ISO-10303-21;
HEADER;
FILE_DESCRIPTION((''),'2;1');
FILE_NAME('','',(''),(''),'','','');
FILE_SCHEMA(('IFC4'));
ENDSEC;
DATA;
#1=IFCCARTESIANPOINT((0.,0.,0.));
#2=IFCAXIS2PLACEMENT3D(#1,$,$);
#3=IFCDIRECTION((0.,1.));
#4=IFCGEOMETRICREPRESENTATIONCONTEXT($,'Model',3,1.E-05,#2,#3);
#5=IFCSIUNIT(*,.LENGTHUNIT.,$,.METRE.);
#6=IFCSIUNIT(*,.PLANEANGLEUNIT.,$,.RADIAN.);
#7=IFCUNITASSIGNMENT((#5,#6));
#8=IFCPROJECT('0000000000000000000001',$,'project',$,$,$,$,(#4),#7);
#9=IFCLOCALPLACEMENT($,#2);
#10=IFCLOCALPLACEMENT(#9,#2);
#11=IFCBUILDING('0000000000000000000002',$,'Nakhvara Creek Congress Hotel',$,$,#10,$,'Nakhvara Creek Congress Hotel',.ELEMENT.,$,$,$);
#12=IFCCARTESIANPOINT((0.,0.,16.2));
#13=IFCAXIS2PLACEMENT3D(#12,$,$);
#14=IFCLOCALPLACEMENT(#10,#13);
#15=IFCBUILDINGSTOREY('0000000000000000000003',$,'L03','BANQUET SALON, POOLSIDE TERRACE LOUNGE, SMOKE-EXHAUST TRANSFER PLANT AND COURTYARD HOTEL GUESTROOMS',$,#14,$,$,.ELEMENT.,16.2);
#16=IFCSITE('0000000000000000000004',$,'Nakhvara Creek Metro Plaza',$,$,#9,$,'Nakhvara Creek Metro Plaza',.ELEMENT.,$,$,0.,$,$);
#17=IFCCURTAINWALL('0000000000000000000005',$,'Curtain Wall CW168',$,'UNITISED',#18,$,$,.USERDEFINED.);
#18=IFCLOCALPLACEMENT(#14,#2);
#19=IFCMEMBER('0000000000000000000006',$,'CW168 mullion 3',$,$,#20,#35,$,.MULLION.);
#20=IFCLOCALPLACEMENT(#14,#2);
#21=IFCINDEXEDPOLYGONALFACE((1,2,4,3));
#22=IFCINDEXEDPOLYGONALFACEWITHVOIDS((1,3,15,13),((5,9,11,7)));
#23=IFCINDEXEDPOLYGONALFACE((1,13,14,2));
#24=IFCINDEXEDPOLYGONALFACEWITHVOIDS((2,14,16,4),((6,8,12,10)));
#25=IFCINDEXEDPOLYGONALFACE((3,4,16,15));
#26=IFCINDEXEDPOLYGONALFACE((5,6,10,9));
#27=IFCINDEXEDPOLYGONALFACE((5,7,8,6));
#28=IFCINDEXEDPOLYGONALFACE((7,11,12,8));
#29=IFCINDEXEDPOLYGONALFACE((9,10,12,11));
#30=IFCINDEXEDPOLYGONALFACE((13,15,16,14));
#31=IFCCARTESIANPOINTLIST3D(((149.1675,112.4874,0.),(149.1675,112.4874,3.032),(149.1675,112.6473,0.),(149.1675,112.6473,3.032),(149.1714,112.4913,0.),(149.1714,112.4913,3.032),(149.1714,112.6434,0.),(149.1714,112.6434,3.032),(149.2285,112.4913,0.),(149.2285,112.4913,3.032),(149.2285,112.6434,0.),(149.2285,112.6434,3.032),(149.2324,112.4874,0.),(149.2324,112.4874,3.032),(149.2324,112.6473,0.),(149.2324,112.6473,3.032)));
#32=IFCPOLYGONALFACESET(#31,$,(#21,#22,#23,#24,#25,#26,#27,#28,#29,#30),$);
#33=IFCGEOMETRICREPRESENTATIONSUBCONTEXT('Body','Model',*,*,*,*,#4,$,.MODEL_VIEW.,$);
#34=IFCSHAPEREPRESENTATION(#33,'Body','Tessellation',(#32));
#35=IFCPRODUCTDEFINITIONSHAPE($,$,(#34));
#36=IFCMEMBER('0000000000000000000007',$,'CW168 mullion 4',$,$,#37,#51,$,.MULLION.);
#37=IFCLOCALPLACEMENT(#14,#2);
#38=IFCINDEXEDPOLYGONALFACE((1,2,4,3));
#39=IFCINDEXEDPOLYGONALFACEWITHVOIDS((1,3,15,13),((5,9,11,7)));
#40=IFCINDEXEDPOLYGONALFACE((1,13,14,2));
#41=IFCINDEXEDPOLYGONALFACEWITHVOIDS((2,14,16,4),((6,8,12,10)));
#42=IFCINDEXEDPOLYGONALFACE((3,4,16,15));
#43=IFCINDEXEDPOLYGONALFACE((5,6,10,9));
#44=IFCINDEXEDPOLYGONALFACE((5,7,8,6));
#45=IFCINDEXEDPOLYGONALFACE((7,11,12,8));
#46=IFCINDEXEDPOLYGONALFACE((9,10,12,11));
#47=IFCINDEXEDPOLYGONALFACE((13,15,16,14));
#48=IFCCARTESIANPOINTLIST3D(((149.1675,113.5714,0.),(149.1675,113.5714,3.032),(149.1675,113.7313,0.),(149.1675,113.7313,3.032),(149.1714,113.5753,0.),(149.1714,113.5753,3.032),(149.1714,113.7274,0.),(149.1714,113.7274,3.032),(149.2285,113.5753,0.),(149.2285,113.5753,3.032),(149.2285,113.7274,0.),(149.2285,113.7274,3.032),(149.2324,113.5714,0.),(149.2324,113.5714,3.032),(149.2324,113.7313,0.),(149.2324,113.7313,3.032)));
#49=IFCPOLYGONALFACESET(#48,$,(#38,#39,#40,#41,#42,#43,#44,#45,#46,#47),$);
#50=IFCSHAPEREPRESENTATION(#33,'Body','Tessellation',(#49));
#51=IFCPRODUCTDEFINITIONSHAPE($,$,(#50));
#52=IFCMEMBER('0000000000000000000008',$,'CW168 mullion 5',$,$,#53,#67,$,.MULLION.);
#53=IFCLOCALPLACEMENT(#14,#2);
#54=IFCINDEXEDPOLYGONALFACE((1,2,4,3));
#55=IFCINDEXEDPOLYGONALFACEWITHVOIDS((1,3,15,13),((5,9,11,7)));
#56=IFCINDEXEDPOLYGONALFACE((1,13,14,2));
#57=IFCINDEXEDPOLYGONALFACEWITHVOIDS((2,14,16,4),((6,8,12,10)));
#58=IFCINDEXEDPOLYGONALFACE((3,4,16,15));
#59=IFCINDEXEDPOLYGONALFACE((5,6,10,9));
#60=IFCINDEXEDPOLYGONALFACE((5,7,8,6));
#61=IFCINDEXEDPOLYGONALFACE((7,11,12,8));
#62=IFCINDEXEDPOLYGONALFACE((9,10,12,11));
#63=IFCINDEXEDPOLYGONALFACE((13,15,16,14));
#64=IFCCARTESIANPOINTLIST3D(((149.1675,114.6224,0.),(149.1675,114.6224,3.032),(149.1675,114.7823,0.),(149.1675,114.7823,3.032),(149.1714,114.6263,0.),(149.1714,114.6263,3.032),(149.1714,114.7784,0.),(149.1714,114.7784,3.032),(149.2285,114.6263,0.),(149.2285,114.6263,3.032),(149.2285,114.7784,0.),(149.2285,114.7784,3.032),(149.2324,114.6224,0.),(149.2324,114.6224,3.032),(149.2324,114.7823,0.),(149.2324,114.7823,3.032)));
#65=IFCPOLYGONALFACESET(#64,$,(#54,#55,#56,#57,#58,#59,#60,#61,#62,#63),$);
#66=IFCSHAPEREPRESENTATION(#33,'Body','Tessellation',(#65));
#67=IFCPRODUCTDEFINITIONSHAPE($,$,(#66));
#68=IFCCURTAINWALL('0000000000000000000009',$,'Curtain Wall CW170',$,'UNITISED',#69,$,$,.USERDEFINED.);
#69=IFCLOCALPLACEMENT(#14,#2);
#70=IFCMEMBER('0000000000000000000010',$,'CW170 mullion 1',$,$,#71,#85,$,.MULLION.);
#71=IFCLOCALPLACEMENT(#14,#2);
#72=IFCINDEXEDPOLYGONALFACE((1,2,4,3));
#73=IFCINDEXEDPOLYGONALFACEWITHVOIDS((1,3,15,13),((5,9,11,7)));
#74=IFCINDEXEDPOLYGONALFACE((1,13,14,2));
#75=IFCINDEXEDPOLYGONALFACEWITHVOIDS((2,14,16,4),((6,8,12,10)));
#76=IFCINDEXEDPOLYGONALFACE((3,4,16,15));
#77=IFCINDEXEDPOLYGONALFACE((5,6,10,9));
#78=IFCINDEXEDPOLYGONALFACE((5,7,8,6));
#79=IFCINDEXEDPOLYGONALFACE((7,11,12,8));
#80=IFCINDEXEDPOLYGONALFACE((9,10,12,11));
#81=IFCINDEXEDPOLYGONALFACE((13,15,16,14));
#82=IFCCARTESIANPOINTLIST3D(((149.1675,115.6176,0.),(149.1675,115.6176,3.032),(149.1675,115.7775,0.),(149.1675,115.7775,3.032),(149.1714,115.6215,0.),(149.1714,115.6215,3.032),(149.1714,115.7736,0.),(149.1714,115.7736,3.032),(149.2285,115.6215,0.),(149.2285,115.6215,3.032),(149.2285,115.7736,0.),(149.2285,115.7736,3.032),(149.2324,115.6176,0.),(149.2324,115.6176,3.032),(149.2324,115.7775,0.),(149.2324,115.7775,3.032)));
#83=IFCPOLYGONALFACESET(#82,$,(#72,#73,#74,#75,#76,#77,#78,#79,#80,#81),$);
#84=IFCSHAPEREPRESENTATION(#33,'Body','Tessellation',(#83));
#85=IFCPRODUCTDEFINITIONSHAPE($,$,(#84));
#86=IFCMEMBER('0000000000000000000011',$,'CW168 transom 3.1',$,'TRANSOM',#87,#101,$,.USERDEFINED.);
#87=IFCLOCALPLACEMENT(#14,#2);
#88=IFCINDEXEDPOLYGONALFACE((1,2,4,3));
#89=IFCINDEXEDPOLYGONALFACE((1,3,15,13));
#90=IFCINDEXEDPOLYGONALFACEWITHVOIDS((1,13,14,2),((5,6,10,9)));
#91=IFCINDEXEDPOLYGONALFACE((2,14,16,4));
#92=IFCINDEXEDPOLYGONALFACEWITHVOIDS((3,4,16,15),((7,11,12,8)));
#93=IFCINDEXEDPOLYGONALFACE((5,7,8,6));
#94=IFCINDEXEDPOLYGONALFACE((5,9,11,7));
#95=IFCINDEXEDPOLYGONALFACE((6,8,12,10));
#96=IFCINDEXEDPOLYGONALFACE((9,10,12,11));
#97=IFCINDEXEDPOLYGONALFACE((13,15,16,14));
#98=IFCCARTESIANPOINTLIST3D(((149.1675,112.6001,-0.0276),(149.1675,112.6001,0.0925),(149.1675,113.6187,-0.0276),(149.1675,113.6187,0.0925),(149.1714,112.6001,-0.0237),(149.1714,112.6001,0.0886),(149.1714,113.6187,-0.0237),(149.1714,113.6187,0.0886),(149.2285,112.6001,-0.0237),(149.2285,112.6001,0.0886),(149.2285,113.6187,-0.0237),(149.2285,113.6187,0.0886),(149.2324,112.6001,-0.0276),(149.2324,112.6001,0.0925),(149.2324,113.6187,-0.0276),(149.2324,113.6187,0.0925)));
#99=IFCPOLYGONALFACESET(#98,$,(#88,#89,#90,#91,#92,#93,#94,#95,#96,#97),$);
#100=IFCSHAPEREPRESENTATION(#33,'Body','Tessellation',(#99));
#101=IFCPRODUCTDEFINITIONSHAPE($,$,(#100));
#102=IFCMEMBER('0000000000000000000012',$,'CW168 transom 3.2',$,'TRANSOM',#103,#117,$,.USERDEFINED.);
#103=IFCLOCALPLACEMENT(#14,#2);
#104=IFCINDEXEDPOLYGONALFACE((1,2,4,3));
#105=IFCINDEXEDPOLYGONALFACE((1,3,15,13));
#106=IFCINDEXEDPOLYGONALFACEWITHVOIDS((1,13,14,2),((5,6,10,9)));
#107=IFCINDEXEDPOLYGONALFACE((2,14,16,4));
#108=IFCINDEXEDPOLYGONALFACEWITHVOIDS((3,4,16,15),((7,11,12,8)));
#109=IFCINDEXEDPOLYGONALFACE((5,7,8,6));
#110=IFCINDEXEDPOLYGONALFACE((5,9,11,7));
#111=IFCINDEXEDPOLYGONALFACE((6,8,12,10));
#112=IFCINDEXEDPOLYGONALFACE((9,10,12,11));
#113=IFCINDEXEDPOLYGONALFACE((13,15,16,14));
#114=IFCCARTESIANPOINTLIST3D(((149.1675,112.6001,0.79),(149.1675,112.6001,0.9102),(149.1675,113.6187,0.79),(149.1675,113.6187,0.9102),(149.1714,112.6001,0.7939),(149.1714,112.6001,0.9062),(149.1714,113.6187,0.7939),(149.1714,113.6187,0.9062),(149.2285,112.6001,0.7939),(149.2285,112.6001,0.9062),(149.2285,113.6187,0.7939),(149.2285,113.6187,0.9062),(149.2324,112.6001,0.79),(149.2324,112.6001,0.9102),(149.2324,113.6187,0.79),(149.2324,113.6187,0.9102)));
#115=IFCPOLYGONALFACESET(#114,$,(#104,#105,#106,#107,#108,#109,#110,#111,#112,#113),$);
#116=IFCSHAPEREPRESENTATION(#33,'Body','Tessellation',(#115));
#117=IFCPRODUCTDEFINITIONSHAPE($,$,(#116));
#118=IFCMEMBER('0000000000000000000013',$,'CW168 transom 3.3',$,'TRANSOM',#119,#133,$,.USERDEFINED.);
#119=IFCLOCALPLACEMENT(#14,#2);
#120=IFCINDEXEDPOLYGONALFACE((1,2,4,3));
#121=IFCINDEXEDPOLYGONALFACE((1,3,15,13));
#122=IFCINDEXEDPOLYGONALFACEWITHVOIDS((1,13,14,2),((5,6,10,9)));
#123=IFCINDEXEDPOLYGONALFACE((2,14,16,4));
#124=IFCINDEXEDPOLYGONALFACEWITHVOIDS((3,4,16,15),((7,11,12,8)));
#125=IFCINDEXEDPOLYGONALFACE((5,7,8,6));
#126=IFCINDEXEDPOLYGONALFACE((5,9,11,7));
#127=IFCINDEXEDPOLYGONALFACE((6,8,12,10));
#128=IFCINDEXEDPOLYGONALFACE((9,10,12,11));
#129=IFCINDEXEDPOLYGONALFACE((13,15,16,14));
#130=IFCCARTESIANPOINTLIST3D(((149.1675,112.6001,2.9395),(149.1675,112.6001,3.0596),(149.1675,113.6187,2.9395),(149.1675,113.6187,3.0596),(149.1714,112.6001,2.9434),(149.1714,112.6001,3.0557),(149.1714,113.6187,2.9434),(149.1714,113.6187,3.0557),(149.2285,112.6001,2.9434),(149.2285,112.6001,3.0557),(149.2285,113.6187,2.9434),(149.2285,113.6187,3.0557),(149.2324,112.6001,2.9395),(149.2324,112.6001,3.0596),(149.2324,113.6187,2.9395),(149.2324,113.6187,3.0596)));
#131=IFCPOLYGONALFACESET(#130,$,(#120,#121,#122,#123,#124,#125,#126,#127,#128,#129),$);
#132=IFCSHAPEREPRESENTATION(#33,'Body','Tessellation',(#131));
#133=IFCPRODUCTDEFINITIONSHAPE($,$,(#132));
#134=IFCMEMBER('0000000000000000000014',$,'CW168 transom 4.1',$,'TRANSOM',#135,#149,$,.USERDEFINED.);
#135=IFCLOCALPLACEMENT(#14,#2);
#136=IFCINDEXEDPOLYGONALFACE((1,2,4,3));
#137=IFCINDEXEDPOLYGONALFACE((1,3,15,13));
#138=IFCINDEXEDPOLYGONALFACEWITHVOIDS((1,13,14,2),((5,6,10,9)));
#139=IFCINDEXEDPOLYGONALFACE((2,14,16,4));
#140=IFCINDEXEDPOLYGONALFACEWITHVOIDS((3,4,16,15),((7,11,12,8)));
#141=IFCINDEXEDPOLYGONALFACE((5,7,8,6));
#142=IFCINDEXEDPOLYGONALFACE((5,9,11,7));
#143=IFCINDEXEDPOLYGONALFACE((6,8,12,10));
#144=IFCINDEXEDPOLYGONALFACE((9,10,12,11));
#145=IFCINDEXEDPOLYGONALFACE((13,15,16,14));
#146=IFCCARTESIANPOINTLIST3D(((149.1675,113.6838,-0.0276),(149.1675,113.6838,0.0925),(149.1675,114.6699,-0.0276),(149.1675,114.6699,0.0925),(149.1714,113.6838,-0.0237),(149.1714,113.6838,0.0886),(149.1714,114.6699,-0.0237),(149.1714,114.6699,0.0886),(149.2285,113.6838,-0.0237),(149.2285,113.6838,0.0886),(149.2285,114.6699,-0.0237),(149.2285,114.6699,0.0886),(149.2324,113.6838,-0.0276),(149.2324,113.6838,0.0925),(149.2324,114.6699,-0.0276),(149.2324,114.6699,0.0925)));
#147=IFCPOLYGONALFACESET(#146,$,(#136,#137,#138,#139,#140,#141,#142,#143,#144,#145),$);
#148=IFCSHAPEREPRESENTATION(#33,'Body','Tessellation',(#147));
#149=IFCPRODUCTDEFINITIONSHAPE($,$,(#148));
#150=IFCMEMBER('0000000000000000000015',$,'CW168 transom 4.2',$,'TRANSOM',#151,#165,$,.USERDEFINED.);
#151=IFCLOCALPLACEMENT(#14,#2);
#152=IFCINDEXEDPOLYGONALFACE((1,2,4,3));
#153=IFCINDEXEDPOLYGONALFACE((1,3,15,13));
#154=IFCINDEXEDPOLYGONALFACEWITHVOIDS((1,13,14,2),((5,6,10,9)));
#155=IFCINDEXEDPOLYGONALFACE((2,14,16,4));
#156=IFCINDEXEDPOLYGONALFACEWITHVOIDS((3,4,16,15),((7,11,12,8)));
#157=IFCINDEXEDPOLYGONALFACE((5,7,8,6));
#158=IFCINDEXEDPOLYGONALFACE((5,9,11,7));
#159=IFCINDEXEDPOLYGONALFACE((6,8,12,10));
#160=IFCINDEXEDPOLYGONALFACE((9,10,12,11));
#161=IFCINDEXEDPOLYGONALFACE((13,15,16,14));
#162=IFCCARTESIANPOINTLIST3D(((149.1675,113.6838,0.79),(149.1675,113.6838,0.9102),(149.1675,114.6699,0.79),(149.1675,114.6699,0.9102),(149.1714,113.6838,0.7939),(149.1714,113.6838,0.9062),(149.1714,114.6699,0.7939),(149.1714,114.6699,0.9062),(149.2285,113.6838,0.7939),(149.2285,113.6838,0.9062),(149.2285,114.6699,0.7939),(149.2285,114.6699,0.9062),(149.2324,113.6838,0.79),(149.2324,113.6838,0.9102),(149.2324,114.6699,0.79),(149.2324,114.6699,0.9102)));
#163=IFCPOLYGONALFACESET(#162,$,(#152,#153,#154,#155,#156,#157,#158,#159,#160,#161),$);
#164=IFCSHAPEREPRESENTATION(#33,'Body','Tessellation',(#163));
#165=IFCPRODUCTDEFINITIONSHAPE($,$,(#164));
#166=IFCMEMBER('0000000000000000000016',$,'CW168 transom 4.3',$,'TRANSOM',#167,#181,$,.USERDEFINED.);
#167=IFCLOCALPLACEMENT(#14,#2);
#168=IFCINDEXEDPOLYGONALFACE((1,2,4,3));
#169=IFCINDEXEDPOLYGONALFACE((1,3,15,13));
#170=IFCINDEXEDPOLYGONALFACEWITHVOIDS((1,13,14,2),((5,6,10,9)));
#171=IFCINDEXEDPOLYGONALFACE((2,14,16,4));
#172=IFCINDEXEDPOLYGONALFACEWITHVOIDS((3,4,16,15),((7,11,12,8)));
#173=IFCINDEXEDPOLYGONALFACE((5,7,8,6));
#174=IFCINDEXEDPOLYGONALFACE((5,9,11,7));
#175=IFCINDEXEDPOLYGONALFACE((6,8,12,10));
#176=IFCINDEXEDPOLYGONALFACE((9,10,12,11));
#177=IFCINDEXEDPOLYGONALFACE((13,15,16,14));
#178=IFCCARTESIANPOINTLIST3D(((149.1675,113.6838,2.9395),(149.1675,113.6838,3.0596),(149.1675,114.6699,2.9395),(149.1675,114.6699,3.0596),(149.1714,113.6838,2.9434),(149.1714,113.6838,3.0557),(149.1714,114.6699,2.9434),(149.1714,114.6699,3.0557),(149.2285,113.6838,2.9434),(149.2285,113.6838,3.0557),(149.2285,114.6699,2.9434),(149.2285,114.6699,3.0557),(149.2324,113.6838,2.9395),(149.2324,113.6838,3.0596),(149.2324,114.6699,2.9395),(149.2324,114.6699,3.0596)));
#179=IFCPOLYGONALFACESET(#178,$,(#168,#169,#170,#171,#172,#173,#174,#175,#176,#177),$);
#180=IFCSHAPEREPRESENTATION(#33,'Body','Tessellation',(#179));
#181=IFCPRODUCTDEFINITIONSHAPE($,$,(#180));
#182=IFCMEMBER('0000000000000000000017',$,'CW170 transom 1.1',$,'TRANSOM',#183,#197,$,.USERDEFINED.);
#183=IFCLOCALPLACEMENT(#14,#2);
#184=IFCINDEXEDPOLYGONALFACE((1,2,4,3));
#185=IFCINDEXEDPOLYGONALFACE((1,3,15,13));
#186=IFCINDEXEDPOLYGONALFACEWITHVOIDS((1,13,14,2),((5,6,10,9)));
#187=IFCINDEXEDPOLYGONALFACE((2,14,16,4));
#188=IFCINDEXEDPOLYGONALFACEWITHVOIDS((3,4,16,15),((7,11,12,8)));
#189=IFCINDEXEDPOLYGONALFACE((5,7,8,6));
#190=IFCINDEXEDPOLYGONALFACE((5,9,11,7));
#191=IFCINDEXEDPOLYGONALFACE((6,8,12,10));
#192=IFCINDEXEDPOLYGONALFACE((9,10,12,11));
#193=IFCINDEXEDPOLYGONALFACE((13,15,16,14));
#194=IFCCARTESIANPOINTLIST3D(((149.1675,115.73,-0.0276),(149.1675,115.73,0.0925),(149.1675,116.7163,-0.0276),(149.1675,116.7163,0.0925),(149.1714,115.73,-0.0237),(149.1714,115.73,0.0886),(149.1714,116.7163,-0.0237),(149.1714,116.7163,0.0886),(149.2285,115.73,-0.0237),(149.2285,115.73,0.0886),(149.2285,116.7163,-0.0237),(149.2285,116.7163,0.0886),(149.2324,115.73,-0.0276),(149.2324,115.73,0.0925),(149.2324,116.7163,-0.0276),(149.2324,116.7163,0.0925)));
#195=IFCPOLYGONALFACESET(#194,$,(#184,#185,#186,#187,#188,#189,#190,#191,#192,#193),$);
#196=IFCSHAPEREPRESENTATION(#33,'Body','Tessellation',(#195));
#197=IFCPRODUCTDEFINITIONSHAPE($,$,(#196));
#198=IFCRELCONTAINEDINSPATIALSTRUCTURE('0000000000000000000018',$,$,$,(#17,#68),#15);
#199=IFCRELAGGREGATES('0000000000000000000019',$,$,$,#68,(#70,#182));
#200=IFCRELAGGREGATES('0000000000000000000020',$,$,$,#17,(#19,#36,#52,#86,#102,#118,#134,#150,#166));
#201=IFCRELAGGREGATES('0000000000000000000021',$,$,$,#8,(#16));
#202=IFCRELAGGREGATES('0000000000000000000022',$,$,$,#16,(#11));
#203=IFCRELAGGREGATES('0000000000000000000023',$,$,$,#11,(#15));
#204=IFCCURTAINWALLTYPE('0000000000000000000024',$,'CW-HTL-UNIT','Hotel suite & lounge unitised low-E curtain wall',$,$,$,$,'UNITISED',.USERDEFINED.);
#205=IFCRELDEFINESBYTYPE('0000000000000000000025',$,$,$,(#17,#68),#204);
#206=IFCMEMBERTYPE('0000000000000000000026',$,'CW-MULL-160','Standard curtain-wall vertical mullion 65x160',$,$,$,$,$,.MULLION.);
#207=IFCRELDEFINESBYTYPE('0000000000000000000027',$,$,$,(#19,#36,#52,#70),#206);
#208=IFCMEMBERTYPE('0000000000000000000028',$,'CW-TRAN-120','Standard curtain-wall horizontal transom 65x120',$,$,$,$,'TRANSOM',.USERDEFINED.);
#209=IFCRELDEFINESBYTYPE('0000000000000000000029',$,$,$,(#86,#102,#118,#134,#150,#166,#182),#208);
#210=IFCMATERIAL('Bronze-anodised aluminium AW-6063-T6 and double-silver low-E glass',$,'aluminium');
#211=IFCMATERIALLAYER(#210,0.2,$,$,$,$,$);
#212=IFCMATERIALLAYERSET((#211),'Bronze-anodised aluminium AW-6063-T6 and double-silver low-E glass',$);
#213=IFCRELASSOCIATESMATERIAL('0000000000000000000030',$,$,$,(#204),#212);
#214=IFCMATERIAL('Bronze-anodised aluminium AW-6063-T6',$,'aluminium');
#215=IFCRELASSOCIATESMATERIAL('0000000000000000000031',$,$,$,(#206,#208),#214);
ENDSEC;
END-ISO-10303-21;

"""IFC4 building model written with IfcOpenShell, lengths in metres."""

from ifc_helpers import new_model, si_unit, direction, frame, origin, origin_2d, place, context, subcontext, project, spatial, hollow_rectangle, extrude, material, layer, layer_set, material_profile, profile_set, type_object, element, aggregate, save


model = new_model("IFC4")

# Units and contexts
model_context = context("Model", 3, precision=1e-05, world=origin(), true_north=direction((0.0, 1.0)))
body_context = subcontext(model_context, "Body", "Model", "MODEL_VIEW")
ifc_project = project(units=[si_unit("LENGTHUNIT", "METRE"), si_unit("PLANEANGLEUNIT", "RADIAN")], contexts=[model_context])

# Site, building, storey
site_placement = place(None, origin())
site = spatial("IfcSite", under=ifc_project, at=site_placement, Name="Nakhvara Creek Metro Plaza", LongName="Nakhvara Creek Metro Plaza", CompositionType="ELEMENT", RefElevation=0.0)
building_placement = place(site_placement, origin())
building = spatial("IfcBuilding", under=site, at=building_placement, Name="Nakhvara Creek Congress Hotel", LongName="Nakhvara Creek Congress Hotel", CompositionType="ELEMENT")
storey_placement = place(building_placement, frame((0.0, 0.0, 16.2)))
storey = spatial("IfcBuildingStorey", under=building, at=storey_placement, Name="L03", Description="BANQUET SALON, POOLSIDE TERRACE LOUNGE, SMOKE-EXHAUST TRANSFER PLANT AND COURTYARD HOTEL GUESTROOMS", CompositionType="ELEMENT", Elevation=16.2)

# Curtain wall, members
ifc_material_1 = material(Name="Bronze-anodised aluminium AW-6063-T6 and double-silver low-E glass", Category="aluminium")
ifc_layer = layer(ifc_material_1, 0.2)
ifc_layer_set = layer_set([ifc_layer], Name="Bronze-anodised aluminium AW-6063-T6 and double-silver low-E glass")
curtain_wall_type = type_object("IfcCurtainWallType", Name="CW-HTL-UNIT", Description="Hotel suite & lounge unitised low-E curtain wall", ElementType="UNITISED", PredefinedType="USERDEFINED", material=ifc_layer_set)
curtain_wall_1_placement = place(storey_placement, origin())
curtain_wall_1 = element("IfcCurtainWall", 1, at=curtain_wall_1_placement, inside=storey, type_object=curtain_wall_type, Name="Curtain Wall CW168", ObjectType="UNITISED", PredefinedType="USERDEFINED")
ifc_material_2 = material(Name="Bronze-anodised aluminium AW-6063-T6", Category="aluminium")
ifc_material_profile_1 = material_profile(ifc_material_2, hollow_rectangle(XDim=0.0649, YDim=0.1599, WallThickness=0.0039, at=origin_2d()), Name="ALU-MULL 65x160x4", Category="LoadBearing")
ifc_profile_set_1 = profile_set([ifc_material_profile_1], Name="Bronze-anodised aluminium AW-6063-T6")
member_type_1 = type_object("IfcMemberType", Name="CW-MULL-160", Description="Standard curtain-wall vertical mullion 65x160", PredefinedType="MULLION", material=ifc_profile_set_1)
member_1_placement = place(storey_placement, frame((149.2, 112.5674, 0.0), z_axis=(0.0, 0.0, 1.0), x_axis=(-1.0, 0.0, 0.0)))
member_1 = element("IfcMember", 2, at=member_1_placement, type_object=member_type_1, Name="CW168 mullion 3", PredefinedType="MULLION", context=body_context, shape_type="SweptSolid", body=[
    extrude(hollow_rectangle(XDim=0.0649, YDim=0.1599, WallThickness=0.0039, at=origin_2d()), origin(), (0.0, 0.0, 1.0), 3.032),
])
member_2_placement = place(storey_placement, frame((149.2, 113.6514, 0.0), z_axis=(0.0, 0.0, 1.0), x_axis=(-1.0, 0.0, 0.0)))
member_2 = element("IfcMember", 3, at=member_2_placement, type_object=member_type_1, Name="CW168 mullion 4", PredefinedType="MULLION", context=body_context, shape_type="SweptSolid", body=[
    extrude(hollow_rectangle(XDim=0.0649, YDim=0.1599, WallThickness=0.0039, at=origin_2d()), origin(), (0.0, 0.0, 1.0), 3.032),
])
member_3_placement = place(storey_placement, frame((149.2, 114.7024, 0.0), z_axis=(0.0, 0.0, 1.0), x_axis=(-1.0, 0.0, 0.0)))
member_3 = element("IfcMember", 4, at=member_3_placement, type_object=member_type_1, Name="CW168 mullion 5", PredefinedType="MULLION", context=body_context, shape_type="SweptSolid", body=[
    extrude(hollow_rectangle(XDim=0.0649, YDim=0.1599, WallThickness=0.0039, at=origin_2d()), origin(), (0.0, 0.0, 1.0), 3.032),
])

# Curtain wall, member
curtain_wall_2_placement = place(storey_placement, origin())
curtain_wall_2 = element("IfcCurtainWall", 5, at=curtain_wall_2_placement, inside=storey, type_object=curtain_wall_type, Name="Curtain Wall CW170", ObjectType="UNITISED", PredefinedType="USERDEFINED")
member_4_placement = place(storey_placement, frame((149.2, 115.6975, 0.0), z_axis=(0.0, 0.0, 1.0), x_axis=(-1.0, 0.0, 0.0)))
member_4 = element("IfcMember", 6, at=member_4_placement, type_object=member_type_1, Name="CW170 mullion 1", PredefinedType="MULLION", context=body_context, shape_type="SweptSolid", body=[
    extrude(hollow_rectangle(XDim=0.0649, YDim=0.1599, WallThickness=0.0039, at=origin_2d()), origin(), (0.0, 0.0, 1.0), 3.032),
])

# Members
ifc_material_profile_2 = material_profile(ifc_material_2, hollow_rectangle(XDim=0.0649, YDim=0.1201, WallThickness=0.0039, at=origin_2d()), Name="ALU-TRAN 65x120x4", Category="LoadBearing")
ifc_profile_set_2 = profile_set([ifc_material_profile_2], Name="Bronze-anodised aluminium AW-6063-T6")
member_type_2 = type_object("IfcMemberType", Name="CW-TRAN-120", Description="Standard curtain-wall horizontal transom 65x120", ElementType="TRANSOM", PredefinedType="USERDEFINED", material=ifc_profile_set_2)
member_5_placement = place(storey_placement, frame((149.2, 112.6001, 0.0325), z_axis=(0.0, 1.0, 0.0), x_axis=(-1.0, 0.0, 0.0)))
member_5 = element("IfcMember", 7, at=member_5_placement, type_object=member_type_2, Name="CW168 transom 3.1", ObjectType="TRANSOM", PredefinedType="USERDEFINED", context=body_context, shape_type="SweptSolid", body=[
    extrude(hollow_rectangle(XDim=0.0649, YDim=0.1201, WallThickness=0.0039, at=origin_2d()), origin(), (0.0, 0.0, 1.0), 1.0186),
])
member_6_placement = place(storey_placement, frame((149.2, 112.6001, 0.8501), z_axis=(0.0, 1.0, 0.0), x_axis=(-1.0, 0.0, 0.0)))
member_6 = element("IfcMember", 8, at=member_6_placement, type_object=member_type_2, Name="CW168 transom 3.2", ObjectType="TRANSOM", PredefinedType="USERDEFINED", context=body_context, shape_type="SweptSolid", body=[
    extrude(hollow_rectangle(XDim=0.0649, YDim=0.1201, WallThickness=0.0039, at=origin_2d()), origin(), (0.0, 0.0, 1.0), 1.0186),
])
member_7_placement = place(storey_placement, frame((149.2, 112.6001, 2.9995), z_axis=(0.0, 1.0, 0.0), x_axis=(-1.0, 0.0, 0.0)))
member_7 = element("IfcMember", 9, at=member_7_placement, type_object=member_type_2, Name="CW168 transom 3.3", ObjectType="TRANSOM", PredefinedType="USERDEFINED", context=body_context, shape_type="SweptSolid", body=[
    extrude(hollow_rectangle(XDim=0.0649, YDim=0.1201, WallThickness=0.0039, at=origin_2d()), origin(), (0.0, 0.0, 1.0), 1.0186),
])
member_8_placement = place(storey_placement, frame((149.2, 113.6838, 0.0325), z_axis=(0.0, 1.0, 0.0), x_axis=(-1.0, 0.0, 0.0)))
member_8 = element("IfcMember", 10, at=member_8_placement, type_object=member_type_2, Name="CW168 transom 4.1", ObjectType="TRANSOM", PredefinedType="USERDEFINED", context=body_context, shape_type="SweptSolid", body=[
    extrude(hollow_rectangle(XDim=0.0649, YDim=0.1201, WallThickness=0.0039, at=origin_2d()), origin(), (0.0, 0.0, 1.0), 0.9861),
])
member_9_placement = place(storey_placement, frame((149.2, 113.6838, 0.8501), z_axis=(0.0, 1.0, 0.0), x_axis=(-1.0, 0.0, 0.0)))
member_9 = element("IfcMember", 11, at=member_9_placement, type_object=member_type_2, Name="CW168 transom 4.2", ObjectType="TRANSOM", PredefinedType="USERDEFINED", context=body_context, shape_type="SweptSolid", body=[
    extrude(hollow_rectangle(XDim=0.0649, YDim=0.1201, WallThickness=0.0039, at=origin_2d()), origin(), (0.0, 0.0, 1.0), 0.9861),
])
member_10_placement = place(storey_placement, frame((149.2, 113.6838, 2.9995), z_axis=(0.0, 1.0, 0.0), x_axis=(-1.0, 0.0, 0.0)))
member_10 = element("IfcMember", 12, at=member_10_placement, type_object=member_type_2, Name="CW168 transom 4.3", ObjectType="TRANSOM", PredefinedType="USERDEFINED", context=body_context, shape_type="SweptSolid", body=[
    extrude(hollow_rectangle(XDim=0.0649, YDim=0.1201, WallThickness=0.0039, at=origin_2d()), origin(), (0.0, 0.0, 1.0), 0.9861),
])
member_11_placement = place(storey_placement, frame((149.2, 115.73, 0.0325), z_axis=(0.0, 1.0, 0.0), x_axis=(-1.0, 0.0, 0.0)))
member_11 = element("IfcMember", 13, at=member_11_placement, type_object=member_type_2, Name="CW170 transom 1.1", ObjectType="TRANSOM", PredefinedType="USERDEFINED", context=body_context, shape_type="SweptSolid", body=[
    extrude(hollow_rectangle(XDim=0.0649, YDim=0.1201, WallThickness=0.0039, at=origin_2d()), origin(), (0.0, 0.0, 1.0), 0.9863),
])
aggregate(curtain_wall_2, [member_4, member_11])

aggregate(curtain_wall_1, [member_1, member_2, member_3, member_5, member_6, member_7, member_8, member_9, member_10])

save(model, "model.ifc")
